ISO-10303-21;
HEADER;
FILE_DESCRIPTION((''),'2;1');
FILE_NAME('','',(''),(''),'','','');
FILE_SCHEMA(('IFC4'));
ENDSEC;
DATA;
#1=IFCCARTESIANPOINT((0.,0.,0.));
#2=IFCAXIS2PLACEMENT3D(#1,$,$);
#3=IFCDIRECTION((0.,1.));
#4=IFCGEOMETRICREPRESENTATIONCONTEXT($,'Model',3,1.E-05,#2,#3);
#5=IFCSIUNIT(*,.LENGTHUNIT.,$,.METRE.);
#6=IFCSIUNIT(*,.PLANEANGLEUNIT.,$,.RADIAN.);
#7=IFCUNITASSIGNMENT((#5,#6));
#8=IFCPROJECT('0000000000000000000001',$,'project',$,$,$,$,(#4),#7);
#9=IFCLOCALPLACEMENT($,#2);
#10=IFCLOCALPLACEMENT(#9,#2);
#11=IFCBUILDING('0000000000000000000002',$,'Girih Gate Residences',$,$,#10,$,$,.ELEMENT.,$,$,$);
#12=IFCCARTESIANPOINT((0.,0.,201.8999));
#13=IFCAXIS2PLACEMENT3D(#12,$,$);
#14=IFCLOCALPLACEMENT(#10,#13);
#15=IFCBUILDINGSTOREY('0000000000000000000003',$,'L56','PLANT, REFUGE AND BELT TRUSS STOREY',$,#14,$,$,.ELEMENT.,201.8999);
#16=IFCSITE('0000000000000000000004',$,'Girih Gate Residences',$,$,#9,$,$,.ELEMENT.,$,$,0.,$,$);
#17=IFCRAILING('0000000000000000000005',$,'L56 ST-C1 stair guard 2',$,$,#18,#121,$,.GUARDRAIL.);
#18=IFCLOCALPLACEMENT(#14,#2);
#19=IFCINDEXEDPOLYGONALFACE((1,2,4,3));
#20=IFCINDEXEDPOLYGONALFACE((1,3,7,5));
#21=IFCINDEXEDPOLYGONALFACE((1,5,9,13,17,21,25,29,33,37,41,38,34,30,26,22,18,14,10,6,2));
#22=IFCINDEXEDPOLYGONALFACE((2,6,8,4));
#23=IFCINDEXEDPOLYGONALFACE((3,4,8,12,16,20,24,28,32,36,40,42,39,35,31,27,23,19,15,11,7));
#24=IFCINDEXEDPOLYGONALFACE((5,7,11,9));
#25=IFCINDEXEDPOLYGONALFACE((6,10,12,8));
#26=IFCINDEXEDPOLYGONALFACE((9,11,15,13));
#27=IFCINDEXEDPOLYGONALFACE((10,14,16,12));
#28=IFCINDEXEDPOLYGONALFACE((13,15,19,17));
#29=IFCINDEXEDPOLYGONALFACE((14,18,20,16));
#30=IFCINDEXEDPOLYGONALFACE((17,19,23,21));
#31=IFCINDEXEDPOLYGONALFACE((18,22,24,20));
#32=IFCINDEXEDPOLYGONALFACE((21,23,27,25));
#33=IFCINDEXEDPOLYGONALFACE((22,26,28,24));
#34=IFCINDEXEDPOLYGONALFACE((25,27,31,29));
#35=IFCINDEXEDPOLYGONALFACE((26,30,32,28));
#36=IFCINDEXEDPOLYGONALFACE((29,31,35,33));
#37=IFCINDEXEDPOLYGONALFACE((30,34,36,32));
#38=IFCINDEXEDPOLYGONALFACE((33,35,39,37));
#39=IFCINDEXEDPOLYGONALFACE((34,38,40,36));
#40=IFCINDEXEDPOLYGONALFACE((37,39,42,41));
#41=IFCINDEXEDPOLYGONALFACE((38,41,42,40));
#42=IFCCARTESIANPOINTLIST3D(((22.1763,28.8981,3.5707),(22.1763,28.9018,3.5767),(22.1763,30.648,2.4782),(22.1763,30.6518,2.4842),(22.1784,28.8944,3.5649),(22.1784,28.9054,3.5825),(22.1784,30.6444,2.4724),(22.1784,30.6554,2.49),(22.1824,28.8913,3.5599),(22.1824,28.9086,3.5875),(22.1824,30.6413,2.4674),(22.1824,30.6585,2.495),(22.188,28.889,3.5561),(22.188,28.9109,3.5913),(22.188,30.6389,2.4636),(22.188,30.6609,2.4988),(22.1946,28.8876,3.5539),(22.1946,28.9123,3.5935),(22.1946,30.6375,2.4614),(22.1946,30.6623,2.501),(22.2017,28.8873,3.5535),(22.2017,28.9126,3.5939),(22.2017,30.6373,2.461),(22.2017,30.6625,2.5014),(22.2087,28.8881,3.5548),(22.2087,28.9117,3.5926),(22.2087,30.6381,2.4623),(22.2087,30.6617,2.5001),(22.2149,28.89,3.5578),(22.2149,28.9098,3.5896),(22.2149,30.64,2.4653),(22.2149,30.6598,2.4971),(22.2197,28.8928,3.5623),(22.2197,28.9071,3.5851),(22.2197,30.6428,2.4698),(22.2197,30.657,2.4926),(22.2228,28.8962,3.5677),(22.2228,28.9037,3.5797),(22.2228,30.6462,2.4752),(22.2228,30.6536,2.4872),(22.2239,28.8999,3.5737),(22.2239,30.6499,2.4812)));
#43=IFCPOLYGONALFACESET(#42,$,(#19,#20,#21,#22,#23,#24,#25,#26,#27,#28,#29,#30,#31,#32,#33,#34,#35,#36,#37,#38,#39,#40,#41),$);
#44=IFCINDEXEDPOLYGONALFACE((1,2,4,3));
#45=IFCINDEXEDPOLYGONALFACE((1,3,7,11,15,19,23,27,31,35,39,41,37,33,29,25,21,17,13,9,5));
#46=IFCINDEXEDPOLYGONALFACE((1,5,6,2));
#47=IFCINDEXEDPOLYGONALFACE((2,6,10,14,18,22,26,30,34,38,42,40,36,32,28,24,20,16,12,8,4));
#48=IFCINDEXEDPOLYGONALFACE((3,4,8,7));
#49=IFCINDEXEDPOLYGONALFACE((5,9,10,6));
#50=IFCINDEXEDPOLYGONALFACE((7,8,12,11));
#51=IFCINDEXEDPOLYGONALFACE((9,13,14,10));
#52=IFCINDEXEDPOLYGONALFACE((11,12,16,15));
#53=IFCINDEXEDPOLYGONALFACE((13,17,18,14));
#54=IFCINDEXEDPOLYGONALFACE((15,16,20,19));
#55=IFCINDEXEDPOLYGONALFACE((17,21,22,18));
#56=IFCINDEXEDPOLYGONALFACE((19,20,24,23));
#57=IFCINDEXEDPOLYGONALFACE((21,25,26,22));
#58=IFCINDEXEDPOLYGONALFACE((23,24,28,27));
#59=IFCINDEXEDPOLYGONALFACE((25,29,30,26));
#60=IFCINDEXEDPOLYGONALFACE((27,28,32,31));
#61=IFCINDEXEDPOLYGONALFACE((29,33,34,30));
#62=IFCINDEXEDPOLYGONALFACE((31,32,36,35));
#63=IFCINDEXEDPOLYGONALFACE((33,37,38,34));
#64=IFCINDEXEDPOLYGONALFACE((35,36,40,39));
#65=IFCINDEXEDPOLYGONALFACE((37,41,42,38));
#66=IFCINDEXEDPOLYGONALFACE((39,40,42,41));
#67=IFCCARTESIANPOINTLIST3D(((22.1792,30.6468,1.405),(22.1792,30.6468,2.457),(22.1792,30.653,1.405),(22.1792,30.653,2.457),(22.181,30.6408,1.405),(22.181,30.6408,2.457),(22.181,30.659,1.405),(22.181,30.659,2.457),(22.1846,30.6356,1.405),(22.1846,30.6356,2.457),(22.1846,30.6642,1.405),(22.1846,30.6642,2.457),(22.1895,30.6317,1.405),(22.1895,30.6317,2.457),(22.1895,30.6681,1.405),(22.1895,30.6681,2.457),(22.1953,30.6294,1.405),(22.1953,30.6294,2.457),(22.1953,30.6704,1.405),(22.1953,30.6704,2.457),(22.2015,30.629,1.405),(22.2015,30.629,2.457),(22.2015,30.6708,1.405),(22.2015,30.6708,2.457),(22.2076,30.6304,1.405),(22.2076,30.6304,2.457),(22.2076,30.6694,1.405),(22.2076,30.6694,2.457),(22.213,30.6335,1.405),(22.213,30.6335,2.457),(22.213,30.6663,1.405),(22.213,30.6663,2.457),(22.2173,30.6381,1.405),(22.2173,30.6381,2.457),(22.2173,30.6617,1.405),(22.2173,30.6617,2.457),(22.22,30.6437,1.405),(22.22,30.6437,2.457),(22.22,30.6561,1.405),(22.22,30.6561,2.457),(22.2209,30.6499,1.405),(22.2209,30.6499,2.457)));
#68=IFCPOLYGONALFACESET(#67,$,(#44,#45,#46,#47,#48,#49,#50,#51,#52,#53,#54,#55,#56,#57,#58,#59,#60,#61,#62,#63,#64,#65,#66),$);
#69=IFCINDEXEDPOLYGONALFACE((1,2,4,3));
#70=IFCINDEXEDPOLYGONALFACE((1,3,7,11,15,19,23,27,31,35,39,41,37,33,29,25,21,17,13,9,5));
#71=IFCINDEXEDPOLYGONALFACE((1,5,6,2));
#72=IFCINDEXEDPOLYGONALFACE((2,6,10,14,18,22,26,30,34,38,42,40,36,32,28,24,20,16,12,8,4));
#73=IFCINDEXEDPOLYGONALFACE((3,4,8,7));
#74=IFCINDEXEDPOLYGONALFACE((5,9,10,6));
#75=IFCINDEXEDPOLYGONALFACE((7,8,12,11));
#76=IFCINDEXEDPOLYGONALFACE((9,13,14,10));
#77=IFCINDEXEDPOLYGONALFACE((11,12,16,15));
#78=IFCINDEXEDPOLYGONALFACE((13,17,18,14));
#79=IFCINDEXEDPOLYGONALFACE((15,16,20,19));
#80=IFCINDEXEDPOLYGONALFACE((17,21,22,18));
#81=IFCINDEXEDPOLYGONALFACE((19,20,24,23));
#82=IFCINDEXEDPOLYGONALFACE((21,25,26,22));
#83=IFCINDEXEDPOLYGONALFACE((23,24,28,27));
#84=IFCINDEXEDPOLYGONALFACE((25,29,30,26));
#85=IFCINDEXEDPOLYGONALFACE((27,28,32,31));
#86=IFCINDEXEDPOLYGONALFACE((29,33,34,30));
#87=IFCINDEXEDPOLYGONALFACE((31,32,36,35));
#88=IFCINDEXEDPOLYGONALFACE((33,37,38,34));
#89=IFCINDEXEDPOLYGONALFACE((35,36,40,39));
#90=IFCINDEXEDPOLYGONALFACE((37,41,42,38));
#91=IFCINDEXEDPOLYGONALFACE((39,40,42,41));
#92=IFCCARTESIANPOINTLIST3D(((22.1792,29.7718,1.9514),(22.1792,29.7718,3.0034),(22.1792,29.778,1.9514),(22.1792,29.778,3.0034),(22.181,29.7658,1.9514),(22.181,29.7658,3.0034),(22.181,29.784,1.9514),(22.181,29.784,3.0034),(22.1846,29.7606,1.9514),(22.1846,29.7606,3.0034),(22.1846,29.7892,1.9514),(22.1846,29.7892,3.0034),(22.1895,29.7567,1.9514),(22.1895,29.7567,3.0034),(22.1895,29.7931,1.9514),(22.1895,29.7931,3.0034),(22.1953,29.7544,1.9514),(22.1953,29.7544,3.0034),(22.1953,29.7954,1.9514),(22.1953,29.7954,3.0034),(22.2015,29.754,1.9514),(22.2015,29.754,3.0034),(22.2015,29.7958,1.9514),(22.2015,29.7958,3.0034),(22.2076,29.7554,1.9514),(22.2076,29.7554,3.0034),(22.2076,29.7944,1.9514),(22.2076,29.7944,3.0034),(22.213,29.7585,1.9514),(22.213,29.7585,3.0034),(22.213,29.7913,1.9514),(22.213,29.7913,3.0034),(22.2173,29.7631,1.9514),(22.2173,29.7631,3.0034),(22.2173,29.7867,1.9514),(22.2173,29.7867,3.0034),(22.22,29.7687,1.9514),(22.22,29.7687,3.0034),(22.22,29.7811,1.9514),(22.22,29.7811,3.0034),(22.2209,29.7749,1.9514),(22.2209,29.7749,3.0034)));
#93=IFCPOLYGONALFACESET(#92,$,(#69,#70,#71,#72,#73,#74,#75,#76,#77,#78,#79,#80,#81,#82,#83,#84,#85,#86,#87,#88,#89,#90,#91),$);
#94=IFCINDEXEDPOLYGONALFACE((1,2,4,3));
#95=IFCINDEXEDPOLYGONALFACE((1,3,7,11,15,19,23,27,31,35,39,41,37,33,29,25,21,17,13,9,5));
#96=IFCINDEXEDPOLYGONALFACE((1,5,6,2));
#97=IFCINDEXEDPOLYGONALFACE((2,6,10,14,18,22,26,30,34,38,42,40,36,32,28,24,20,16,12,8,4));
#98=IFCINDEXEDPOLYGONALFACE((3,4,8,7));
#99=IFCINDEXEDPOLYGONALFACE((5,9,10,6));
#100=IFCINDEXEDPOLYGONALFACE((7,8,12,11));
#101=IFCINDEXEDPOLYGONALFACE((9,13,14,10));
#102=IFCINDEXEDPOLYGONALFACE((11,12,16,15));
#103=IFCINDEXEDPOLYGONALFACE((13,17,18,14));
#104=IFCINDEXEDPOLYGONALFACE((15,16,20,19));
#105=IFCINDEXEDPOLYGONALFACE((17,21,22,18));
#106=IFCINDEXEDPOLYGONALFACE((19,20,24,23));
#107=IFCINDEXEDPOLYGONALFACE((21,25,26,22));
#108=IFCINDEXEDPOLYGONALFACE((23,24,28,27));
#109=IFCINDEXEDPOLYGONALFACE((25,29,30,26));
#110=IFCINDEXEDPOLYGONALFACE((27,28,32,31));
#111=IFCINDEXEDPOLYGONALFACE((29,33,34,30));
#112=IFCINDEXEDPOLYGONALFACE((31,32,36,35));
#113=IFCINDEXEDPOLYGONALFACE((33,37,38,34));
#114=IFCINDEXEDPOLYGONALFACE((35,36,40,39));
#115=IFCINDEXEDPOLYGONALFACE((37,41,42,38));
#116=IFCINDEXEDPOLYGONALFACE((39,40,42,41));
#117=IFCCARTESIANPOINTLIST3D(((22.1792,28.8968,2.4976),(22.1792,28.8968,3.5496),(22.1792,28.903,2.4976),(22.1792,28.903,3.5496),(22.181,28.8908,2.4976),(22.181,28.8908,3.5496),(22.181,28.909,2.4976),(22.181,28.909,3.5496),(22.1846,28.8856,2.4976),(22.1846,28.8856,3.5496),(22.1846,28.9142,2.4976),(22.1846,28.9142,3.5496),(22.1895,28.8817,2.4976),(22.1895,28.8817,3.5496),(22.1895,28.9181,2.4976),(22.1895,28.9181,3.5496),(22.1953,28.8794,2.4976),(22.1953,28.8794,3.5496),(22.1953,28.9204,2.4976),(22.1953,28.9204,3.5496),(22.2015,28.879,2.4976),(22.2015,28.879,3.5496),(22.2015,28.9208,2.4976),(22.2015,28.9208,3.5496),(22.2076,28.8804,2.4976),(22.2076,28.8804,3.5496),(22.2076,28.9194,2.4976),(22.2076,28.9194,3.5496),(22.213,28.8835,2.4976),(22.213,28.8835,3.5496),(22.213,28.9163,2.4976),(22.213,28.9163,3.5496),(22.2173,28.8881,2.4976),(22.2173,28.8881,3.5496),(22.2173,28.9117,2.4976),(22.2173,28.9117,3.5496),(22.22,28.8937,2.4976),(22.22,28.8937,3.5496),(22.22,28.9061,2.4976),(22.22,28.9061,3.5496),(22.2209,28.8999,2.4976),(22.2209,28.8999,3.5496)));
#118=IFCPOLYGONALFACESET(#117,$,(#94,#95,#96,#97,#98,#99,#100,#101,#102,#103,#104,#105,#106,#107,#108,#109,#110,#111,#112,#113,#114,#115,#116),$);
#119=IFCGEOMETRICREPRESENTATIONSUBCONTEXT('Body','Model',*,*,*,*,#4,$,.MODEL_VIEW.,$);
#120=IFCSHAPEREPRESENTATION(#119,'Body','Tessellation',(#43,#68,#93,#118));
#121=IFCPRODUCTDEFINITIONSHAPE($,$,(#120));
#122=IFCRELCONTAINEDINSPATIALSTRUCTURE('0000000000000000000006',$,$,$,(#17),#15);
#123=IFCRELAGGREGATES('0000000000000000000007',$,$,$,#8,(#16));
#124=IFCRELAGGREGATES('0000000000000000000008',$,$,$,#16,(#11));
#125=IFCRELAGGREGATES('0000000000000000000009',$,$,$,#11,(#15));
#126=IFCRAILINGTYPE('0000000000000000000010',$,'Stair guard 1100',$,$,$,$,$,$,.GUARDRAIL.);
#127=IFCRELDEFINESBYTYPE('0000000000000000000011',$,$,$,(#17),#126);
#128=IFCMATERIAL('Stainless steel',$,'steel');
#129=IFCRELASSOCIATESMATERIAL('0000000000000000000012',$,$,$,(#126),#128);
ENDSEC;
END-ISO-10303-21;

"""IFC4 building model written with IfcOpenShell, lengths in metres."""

from ifc_helpers import new_model, si_unit, direction, frame, origin, origin_2d, place, context, subcontext, project, spatial, circle, extrude, material, type_object, element, save


model = new_model("IFC4")

# Units and contexts
model_context = context("Model", 3, precision=1e-05, world=origin(), true_north=direction((0.0, 1.0)))
body_context = subcontext(model_context, "Body", "Model", "MODEL_VIEW")
ifc_project = project(units=[si_unit("LENGTHUNIT", "METRE"), si_unit("PLANEANGLEUNIT", "RADIAN")], contexts=[model_context])

# Site, building, storey
site_placement = place(None, origin())
site = spatial("IfcSite", under=ifc_project, at=site_placement, Name="Girih Gate Residences", CompositionType="ELEMENT", RefElevation=0.0)
building_placement = place(site_placement, origin())
building = spatial("IfcBuilding", under=site, at=building_placement, Name="Girih Gate Residences", CompositionType="ELEMENT")
storey_placement = place(building_placement, frame((0.0, 0.0, 201.8999)))
storey = spatial("IfcBuildingStorey", under=building, at=storey_placement, Name="L56", Description="PLANT, REFUGE AND BELT TRUSS STOREY", CompositionType="ELEMENT", Elevation=201.8999)

# Railing
ifc_material_1 = material(Name="Stainless steel", Category="steel")
railing_type_1 = type_object("IfcRailingType", Name="Stair guard 1100", PredefinedType="GUARDRAIL", material=ifc_material_1)
railing_1_placement = place(storey_placement, frame((22.2, 30.6499, 1.405)))
element("IfcRailing", 1, at=railing_1_placement, inside=storey, type_object=railing_type_1, Name="L56 ST-C1 stair guard 2", PredefinedType="GUARDRAIL", context=body_context, shape_type="SweptSolid", body=[
    extrude(circle(Radius=0.0239, at=origin_2d()), frame((0.0, 0.0, 1.0762), z_axis=(0.0, -0.848264, 0.529573), x_axis=(1.0, 0.0, 0.0)), (0.0, 0.0, 1.0), 2.063),
    extrude(circle(Radius=0.021, at=origin_2d()), origin(), (0.0, 0.0, 1.0), 1.052),
    extrude(circle(Radius=0.021, at=origin_2d()), frame((0.0, -0.875, 0.5464)), (0.0, 0.0, 1.0), 1.052),
    extrude(circle(Radius=0.021, at=origin_2d()), frame((0.0, -1.75, 1.0925)), (0.0, 0.0, 1.0), 1.052),
])

save(model, "model.ifc")
